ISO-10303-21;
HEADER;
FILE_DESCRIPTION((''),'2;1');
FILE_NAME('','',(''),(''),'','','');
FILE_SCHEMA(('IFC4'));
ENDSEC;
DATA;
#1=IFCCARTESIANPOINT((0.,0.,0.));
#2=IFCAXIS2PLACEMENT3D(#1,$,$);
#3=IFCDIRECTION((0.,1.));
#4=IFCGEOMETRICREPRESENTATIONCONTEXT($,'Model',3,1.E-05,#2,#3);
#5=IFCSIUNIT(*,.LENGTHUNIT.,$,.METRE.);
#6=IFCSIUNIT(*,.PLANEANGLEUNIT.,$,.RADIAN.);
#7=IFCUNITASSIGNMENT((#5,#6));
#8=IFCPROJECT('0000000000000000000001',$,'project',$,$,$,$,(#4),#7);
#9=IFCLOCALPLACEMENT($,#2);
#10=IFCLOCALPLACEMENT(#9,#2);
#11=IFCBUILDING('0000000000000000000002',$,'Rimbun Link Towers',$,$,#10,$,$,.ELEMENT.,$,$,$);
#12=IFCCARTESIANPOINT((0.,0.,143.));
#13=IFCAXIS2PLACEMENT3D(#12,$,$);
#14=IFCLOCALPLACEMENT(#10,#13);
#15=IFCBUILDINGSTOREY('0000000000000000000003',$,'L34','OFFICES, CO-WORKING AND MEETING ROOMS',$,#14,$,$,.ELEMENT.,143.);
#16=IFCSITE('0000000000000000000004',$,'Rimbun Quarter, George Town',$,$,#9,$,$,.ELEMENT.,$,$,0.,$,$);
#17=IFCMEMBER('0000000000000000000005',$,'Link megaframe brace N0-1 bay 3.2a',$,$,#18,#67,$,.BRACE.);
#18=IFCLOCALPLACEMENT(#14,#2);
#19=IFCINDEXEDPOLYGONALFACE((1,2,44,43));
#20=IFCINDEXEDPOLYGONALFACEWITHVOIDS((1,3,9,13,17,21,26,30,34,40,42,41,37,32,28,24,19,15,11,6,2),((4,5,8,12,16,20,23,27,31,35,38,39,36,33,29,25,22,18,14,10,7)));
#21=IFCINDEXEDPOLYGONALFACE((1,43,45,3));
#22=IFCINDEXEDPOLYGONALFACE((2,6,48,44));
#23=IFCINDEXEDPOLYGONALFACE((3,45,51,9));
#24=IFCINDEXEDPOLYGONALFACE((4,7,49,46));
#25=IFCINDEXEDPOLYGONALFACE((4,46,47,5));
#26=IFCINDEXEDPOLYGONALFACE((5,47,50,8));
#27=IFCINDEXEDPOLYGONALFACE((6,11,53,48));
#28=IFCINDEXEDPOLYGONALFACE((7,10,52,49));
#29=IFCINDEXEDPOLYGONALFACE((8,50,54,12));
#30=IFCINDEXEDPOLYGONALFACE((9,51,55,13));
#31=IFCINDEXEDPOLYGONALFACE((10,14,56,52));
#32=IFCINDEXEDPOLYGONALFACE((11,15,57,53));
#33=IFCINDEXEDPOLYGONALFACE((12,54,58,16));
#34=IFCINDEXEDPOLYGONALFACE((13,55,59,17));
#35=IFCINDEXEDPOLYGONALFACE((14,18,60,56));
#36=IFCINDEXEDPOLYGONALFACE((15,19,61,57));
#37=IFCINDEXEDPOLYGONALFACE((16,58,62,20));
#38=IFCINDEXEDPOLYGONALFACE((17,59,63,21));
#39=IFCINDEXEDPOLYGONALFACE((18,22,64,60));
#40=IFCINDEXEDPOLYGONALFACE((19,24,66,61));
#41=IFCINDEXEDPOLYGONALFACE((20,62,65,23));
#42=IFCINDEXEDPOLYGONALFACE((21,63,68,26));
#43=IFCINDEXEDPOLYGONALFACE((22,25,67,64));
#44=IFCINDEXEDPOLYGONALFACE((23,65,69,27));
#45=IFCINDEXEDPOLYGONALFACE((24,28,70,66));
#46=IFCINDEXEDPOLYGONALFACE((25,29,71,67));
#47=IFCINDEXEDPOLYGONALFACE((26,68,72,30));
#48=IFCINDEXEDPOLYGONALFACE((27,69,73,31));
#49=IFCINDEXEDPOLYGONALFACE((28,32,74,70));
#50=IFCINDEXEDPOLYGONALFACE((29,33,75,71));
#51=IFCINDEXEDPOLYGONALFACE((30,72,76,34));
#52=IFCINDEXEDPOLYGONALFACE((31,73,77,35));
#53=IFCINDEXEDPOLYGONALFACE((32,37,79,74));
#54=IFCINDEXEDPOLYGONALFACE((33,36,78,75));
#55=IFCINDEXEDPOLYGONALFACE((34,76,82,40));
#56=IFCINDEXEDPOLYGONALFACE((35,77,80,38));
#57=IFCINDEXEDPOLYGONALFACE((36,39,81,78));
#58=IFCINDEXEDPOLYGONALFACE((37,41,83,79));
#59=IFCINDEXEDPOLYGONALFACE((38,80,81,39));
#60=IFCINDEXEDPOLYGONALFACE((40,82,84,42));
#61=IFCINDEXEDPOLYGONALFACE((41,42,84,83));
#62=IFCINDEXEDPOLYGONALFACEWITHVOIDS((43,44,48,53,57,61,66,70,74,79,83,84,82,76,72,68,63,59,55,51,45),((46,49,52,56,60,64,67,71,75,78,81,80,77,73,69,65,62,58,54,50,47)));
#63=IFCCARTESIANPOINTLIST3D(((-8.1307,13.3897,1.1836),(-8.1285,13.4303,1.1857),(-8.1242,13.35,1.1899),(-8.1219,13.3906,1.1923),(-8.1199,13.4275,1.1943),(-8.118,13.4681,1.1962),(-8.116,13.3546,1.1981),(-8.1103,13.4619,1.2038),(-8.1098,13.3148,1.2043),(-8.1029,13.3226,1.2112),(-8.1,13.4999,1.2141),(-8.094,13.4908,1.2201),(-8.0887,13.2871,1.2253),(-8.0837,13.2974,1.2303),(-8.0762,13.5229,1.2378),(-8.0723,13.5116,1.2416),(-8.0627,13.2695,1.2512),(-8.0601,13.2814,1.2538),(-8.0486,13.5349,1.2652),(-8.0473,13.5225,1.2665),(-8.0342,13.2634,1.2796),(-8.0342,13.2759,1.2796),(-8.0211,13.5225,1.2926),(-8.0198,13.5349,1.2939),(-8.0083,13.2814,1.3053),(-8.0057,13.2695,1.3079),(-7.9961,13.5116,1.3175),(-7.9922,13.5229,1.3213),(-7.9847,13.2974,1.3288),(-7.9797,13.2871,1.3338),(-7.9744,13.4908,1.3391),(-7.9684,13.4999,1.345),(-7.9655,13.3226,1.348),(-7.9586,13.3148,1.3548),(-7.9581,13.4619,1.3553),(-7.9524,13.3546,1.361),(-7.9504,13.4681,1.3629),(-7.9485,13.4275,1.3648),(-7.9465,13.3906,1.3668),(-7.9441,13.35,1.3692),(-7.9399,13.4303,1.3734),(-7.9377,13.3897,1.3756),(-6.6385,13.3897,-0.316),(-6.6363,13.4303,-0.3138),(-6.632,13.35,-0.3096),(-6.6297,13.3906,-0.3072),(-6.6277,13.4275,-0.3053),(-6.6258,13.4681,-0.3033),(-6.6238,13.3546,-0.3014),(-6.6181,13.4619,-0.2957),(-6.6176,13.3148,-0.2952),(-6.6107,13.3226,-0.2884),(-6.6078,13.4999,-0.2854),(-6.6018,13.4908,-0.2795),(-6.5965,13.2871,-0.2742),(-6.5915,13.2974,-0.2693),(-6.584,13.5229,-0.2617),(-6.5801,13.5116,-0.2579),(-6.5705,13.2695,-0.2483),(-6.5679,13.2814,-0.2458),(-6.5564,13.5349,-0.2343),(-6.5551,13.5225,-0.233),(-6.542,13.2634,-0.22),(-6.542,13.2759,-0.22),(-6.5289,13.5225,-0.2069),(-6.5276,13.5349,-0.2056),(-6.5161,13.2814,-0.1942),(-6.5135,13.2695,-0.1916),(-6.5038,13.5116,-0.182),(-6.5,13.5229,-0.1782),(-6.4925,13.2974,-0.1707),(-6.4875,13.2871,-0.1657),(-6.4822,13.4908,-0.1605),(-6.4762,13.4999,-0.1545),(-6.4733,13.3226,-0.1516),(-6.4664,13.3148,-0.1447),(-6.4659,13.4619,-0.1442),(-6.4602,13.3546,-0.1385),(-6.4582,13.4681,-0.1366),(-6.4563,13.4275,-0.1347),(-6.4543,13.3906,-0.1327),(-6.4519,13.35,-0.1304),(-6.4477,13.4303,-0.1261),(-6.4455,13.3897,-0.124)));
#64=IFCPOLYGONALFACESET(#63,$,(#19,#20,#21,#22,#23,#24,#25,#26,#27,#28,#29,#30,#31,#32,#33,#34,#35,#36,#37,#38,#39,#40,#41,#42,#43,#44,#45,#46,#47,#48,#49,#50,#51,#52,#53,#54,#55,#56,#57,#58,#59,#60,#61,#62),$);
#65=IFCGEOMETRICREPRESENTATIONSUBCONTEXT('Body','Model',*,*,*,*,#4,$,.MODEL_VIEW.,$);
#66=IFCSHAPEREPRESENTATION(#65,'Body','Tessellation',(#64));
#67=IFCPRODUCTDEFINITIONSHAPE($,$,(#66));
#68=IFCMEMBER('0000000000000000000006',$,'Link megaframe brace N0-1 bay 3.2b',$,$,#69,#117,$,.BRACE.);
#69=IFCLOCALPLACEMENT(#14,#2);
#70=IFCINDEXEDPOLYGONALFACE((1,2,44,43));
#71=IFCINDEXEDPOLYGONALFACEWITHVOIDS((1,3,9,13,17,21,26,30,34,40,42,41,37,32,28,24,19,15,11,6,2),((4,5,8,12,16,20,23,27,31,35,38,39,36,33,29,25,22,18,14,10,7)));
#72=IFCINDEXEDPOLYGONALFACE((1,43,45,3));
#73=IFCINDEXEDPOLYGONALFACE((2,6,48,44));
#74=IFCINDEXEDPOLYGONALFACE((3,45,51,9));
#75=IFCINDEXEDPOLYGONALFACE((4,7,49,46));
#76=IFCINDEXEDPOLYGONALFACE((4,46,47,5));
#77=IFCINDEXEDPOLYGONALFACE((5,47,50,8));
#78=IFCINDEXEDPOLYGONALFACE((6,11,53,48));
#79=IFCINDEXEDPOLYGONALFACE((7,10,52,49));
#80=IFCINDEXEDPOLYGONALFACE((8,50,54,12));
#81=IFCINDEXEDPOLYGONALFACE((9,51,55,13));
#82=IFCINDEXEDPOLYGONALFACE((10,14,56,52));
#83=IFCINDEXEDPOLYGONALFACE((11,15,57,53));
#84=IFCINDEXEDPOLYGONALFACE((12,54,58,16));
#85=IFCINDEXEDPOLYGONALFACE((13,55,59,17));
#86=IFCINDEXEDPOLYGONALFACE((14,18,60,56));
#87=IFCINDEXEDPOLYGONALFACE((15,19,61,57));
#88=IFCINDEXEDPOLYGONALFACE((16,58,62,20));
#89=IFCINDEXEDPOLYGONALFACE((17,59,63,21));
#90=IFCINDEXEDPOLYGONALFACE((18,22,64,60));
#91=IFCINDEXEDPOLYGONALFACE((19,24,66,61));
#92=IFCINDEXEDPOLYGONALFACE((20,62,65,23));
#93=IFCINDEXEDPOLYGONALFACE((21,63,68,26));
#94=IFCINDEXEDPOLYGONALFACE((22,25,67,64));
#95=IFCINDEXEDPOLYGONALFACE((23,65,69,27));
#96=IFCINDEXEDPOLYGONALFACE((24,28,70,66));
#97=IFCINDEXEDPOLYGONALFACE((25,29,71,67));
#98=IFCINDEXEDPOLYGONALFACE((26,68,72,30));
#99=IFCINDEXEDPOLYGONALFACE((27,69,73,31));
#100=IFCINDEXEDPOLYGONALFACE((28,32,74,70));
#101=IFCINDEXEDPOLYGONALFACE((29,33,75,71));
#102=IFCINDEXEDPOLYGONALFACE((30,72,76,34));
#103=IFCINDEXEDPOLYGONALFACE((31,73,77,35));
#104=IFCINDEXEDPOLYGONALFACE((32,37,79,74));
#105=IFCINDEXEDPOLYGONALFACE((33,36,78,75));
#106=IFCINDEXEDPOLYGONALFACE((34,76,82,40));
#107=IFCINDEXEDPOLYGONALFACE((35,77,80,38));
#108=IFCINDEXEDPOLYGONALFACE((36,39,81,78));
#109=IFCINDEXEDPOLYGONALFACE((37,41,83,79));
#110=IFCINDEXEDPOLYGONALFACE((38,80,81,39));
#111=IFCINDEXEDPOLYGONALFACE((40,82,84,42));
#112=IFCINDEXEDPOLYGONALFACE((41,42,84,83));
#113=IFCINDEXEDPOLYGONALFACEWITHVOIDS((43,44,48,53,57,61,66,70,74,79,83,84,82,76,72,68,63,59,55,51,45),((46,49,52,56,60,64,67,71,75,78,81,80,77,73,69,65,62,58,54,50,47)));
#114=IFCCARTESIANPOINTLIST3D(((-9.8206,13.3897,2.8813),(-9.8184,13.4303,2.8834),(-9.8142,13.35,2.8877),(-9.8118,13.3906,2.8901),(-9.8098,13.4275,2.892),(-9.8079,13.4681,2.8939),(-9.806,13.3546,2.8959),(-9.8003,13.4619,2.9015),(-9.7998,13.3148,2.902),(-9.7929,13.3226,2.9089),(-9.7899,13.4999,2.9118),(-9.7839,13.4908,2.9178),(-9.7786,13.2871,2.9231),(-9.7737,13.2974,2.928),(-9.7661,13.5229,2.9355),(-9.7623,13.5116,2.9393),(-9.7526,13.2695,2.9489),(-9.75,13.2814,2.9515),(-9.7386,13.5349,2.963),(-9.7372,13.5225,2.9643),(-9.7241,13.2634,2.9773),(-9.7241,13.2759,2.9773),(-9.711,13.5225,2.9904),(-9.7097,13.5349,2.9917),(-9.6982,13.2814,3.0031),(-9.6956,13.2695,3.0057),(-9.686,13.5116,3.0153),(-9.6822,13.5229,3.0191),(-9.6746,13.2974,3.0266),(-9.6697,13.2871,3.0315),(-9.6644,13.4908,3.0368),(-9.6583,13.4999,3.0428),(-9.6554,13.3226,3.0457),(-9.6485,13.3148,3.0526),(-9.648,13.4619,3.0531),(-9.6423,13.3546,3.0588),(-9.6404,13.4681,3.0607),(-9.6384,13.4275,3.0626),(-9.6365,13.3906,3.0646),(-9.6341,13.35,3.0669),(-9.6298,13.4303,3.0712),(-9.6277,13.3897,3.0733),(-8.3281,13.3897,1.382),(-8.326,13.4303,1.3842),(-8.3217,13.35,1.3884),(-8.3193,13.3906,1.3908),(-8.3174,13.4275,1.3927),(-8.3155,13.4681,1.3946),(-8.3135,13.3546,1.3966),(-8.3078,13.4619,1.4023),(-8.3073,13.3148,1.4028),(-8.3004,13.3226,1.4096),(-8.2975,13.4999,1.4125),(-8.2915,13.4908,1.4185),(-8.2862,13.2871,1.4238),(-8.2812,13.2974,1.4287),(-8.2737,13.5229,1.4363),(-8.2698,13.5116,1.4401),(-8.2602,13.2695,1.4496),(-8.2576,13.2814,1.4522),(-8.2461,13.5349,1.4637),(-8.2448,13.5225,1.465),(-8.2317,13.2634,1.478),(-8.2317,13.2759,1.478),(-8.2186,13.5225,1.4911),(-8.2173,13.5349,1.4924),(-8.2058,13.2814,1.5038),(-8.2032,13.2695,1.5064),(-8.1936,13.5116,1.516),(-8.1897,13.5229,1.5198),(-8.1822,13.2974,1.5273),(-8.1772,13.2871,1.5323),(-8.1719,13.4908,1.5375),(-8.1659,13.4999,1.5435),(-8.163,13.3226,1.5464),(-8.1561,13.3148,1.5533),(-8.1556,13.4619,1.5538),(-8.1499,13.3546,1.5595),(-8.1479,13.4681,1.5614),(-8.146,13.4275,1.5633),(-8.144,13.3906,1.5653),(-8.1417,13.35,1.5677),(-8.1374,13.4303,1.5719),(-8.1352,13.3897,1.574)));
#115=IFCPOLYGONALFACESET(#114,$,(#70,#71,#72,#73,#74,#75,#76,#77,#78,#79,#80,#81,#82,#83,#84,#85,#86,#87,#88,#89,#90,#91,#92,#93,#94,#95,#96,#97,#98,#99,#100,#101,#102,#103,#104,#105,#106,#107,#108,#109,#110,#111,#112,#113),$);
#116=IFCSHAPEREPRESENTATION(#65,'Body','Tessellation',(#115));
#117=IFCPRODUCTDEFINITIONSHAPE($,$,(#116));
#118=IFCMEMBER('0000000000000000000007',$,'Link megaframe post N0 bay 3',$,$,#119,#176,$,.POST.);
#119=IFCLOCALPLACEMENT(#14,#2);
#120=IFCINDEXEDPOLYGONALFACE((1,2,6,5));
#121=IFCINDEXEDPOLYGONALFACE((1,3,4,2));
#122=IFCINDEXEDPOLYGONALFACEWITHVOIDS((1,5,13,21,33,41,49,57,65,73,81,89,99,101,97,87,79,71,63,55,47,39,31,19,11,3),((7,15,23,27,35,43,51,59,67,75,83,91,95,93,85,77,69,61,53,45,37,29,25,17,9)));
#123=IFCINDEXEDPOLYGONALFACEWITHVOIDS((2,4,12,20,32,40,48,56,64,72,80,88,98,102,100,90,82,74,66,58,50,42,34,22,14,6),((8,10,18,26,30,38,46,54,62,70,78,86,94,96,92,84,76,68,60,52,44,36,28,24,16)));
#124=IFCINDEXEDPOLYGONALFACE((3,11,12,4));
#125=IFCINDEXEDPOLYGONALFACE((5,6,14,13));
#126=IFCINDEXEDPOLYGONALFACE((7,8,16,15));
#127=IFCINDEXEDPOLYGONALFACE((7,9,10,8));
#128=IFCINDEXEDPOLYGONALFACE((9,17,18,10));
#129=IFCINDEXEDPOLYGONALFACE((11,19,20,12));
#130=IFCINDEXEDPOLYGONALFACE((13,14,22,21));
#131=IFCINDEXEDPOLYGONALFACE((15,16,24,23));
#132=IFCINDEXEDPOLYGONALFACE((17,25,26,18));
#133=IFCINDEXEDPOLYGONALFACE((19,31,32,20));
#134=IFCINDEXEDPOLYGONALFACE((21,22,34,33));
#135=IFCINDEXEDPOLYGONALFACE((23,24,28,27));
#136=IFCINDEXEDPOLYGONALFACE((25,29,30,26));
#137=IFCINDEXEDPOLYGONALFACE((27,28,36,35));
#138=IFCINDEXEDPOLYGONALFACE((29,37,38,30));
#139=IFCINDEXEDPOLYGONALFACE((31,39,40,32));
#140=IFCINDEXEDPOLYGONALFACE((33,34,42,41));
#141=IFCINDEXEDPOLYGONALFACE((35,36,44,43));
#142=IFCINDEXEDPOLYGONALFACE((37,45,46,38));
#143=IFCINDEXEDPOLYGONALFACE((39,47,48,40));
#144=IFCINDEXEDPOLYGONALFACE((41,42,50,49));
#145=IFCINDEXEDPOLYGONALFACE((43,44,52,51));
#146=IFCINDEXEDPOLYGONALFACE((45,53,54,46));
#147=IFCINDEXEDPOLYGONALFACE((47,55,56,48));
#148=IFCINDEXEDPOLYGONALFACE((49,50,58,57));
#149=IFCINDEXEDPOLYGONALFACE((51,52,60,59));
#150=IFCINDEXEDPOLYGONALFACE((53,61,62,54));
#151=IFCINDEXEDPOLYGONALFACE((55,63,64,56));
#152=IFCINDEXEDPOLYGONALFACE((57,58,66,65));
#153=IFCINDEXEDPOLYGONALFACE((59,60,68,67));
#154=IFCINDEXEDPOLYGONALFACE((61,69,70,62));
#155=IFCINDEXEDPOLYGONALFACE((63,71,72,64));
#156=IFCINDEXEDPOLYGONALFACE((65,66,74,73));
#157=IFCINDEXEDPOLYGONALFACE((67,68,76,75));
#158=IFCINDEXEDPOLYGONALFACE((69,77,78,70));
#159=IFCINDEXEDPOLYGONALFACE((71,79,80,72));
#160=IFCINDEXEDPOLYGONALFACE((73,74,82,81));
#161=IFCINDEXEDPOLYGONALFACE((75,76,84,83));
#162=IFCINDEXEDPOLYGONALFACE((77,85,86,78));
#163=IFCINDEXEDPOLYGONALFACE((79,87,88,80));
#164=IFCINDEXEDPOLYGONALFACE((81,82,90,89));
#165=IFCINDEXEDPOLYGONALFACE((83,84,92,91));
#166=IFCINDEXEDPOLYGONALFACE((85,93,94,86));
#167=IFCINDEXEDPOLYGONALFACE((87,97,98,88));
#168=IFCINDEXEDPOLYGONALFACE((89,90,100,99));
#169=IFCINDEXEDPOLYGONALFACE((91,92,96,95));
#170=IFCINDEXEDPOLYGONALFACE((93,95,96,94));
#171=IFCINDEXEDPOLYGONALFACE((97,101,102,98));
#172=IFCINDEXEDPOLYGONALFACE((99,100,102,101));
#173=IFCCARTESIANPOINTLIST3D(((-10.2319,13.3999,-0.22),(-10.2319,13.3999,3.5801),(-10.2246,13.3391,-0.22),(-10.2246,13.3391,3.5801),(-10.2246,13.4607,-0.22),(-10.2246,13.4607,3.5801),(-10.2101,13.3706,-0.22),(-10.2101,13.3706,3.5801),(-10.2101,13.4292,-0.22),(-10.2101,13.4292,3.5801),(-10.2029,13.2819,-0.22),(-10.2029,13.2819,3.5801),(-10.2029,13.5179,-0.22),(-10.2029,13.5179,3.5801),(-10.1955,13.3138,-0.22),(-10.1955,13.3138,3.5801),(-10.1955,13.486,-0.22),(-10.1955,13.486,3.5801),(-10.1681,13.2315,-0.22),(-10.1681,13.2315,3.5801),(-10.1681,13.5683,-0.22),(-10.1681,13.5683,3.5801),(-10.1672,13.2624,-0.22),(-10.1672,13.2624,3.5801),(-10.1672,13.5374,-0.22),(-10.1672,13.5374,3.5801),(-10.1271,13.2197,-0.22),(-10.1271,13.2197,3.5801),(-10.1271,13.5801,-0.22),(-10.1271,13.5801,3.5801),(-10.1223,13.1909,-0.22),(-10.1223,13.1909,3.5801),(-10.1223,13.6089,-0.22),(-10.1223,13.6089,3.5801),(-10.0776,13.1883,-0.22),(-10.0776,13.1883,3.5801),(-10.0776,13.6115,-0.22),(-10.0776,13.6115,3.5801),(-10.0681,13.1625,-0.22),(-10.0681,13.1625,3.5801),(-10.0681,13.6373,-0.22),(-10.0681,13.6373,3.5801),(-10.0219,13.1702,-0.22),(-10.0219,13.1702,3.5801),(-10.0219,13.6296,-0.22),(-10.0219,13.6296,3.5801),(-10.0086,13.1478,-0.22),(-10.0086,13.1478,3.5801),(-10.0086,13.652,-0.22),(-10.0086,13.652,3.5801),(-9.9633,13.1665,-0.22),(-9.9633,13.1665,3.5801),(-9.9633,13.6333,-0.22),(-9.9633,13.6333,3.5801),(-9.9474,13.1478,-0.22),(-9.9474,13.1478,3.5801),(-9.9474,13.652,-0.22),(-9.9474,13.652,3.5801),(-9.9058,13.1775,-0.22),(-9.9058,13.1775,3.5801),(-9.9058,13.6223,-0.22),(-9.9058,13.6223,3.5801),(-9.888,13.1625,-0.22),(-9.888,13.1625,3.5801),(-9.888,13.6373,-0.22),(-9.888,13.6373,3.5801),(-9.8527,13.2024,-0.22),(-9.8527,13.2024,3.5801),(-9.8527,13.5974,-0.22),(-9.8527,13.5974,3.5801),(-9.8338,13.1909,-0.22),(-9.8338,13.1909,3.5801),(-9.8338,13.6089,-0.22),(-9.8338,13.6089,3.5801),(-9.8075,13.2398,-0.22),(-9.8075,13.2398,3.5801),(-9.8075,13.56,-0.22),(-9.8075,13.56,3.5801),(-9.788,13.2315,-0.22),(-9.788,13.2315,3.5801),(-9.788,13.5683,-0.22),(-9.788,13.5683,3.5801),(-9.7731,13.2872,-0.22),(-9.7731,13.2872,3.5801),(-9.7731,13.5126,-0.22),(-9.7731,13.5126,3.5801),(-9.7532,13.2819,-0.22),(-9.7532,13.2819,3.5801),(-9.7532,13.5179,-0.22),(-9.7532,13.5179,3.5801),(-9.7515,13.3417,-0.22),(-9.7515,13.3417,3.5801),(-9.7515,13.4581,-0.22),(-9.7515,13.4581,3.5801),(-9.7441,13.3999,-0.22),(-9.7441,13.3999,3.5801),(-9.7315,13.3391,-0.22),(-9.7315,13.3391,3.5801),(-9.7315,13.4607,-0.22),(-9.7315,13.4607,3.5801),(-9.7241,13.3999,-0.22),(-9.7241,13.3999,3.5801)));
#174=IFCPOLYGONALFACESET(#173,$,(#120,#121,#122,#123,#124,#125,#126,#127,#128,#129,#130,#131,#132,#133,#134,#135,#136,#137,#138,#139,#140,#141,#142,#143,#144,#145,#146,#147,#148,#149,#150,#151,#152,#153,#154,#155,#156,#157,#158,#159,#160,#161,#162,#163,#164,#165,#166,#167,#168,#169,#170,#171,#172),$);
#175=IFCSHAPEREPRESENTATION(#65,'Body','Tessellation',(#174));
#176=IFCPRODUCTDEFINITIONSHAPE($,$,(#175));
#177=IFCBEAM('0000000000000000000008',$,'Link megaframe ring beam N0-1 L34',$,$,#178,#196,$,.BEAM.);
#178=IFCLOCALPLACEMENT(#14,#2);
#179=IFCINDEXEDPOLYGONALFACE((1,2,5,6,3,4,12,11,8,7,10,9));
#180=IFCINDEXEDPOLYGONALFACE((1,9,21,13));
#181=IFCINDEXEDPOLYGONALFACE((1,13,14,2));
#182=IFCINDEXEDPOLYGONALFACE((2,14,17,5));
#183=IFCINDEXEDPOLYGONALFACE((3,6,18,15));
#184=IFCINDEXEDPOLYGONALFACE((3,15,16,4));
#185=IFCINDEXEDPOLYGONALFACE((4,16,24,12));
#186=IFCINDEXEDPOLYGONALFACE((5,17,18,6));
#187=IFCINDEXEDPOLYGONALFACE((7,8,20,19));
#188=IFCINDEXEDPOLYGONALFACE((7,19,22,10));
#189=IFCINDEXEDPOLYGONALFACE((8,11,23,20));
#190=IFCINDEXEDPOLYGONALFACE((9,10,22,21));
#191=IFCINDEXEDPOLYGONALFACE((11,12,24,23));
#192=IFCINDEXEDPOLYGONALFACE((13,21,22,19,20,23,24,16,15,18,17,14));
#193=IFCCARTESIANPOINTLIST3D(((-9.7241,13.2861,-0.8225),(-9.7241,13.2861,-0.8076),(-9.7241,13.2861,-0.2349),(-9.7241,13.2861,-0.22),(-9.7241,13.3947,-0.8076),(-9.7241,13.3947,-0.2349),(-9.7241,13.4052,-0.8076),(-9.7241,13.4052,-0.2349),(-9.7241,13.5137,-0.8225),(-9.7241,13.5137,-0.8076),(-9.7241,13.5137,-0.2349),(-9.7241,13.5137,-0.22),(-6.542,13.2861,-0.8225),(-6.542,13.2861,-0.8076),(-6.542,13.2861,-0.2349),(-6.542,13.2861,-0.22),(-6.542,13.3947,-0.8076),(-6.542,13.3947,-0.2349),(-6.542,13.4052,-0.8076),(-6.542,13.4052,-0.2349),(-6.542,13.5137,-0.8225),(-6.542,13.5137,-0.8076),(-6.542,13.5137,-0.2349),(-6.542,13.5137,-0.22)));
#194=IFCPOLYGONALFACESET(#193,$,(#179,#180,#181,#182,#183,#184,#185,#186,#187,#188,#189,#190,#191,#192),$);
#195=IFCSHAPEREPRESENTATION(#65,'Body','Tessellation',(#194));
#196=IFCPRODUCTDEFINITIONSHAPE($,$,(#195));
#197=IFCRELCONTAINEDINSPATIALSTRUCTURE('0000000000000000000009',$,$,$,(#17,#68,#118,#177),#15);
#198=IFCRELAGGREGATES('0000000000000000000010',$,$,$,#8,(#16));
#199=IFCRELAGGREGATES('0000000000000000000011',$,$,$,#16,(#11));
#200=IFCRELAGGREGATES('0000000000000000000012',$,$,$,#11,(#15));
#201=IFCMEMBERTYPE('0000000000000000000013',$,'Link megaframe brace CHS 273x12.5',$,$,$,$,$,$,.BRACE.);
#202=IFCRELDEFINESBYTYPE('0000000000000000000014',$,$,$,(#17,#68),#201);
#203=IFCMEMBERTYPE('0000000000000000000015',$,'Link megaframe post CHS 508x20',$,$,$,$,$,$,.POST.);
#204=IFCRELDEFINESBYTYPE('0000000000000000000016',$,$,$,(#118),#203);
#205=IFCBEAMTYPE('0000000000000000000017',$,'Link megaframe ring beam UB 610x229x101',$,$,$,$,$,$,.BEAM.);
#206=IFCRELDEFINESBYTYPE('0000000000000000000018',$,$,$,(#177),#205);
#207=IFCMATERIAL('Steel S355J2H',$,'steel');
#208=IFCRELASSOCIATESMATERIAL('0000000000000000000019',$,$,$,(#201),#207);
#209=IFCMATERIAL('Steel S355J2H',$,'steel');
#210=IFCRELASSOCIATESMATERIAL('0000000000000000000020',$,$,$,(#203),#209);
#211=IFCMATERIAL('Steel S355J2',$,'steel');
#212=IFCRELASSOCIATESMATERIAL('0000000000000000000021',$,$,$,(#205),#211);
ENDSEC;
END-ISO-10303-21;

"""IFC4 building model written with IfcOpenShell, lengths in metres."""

from ifc_helpers import new_model, si_unit, direction, frame, origin, origin_2d, place, context, subcontext, project, spatial, hollow_circle, i_section, extrude, material, material_profile, profile_set, type_object, element, save


model = new_model("IFC4")

# Units and contexts
model_context = context("Model", 3, precision=1e-05, world=origin(), true_north=direction((0.0, 1.0)))
body_context = subcontext(model_context, "Body", "Model", "MODEL_VIEW")
ifc_project = project(units=[si_unit("LENGTHUNIT", "METRE"), si_unit("PLANEANGLEUNIT", "RADIAN")], contexts=[model_context])

# Site, building, storey
site_placement = place(None, origin())
site = spatial("IfcSite", under=ifc_project, at=site_placement, Name="Rimbun Quarter, George Town", CompositionType="ELEMENT", RefElevation=0.0)
building_placement = place(site_placement, origin())
building = spatial("IfcBuilding", under=site, at=building_placement, Name="Rimbun Link Towers", CompositionType="ELEMENT")
storey_placement = place(building_placement, frame((0.0, 0.0, 143.0)))
storey = spatial("IfcBuildingStorey", under=building, at=storey_placement, Name="L34", Description="OFFICES, CO-WORKING AND MEETING ROOMS", CompositionType="ELEMENT", Elevation=143.0)

# Members
ifc_material_1 = material(Name="Steel S355J2H", Category="steel")
ifc_material_profile_1 = material_profile(ifc_material_1, hollow_circle(Radius=0.1365, WallThickness=0.0125, at=origin_2d()), Name="CHS 273x12.5")
ifc_profile_set_1 = profile_set([ifc_material_profile_1], Name="Steel S355J2H")
member_type_1 = type_object("IfcMemberType", Name="Link megaframe brace CHS 273x12.5", PredefinedType="BRACE", material=ifc_profile_set_1)
for number, where, z_axis, x_axis, name in (
    (1, (-6.542, 13.3999, -0.22), (-0.705374, 0.0, 0.708836), (0.0, -1.0, 0.0), "Link megaframe brace N0-1 bay 3.2a"),
    (2, (-8.2317, 13.3999, 1.478), (-0.705489, 0.0, 0.708721), (0.0, -1.0, 0.0), "Link megaframe brace N0-1 bay 3.2b"),
):
    element("IfcMember", number, at=place(storey_placement, frame(where, z_axis=z_axis, x_axis=x_axis)), inside=storey, type_object=member_type_1, Name=name, PredefinedType="BRACE", context=body_context, shape_type="SweptSolid", body=[
        extrude(hollow_circle(Radius=0.1365, WallThickness=0.0125, at=origin_2d()), origin(), (0.0, 0.0, 1.0), 2.1155),
    ])
ifc_material_2 = material(Name="Steel S355J2H", Category="steel")
ifc_material_profile_2 = material_profile(ifc_material_2, hollow_circle(Radius=0.2539, WallThickness=0.02, at=origin_2d()), Name="CHS 508x20")
ifc_profile_set_2 = profile_set([ifc_material_profile_2], Name="Steel S355J2H")
member_type_2 = type_object("IfcMemberType", Name="Link megaframe post CHS 508x20", PredefinedType="POST", material=ifc_profile_set_2)
member_1_placement = place(storey_placement, frame((-9.978, 13.3999, -0.22), z_axis=(0.0, 0.0, 1.0), x_axis=(1.0, 0.0, 0.0)))
element("IfcMember", 3, at=member_1_placement, inside=storey, type_object=member_type_2, Name="Link megaframe post N0 bay 3", PredefinedType="POST", context=body_context, shape_type="SweptSolid", body=[
    extrude(hollow_circle(Radius=0.2539, WallThickness=0.02, at=origin_2d()), origin(), (0.0, 0.0, 1.0), 3.8),
])

# Beam
ifc_material_3 = material(Name="Steel S355J2", Category="steel")
ifc_material_profile_3 = material_profile(ifc_material_3, i_section(OverallWidth=0.2275, OverallDepth=0.6025, WebThickness=0.0105, FlangeThickness=0.0149, at=origin_2d()), Name="UB 610x229x101")
ifc_profile_set_3 = profile_set([ifc_material_profile_3], Name="Steel S355J2")
beam_type_1 = type_object("IfcBeamType", Name="Link megaframe ring beam UB 610x229x101", PredefinedType="BEAM", material=ifc_profile_set_3)
beam_1_placement = place(storey_placement, frame((-9.7241, 13.3999, -0.5212), z_axis=(1.0, 0.0, 0.0), x_axis=(0.0, 1.0, 0.0)))
element("IfcBeam", 4, at=beam_1_placement, inside=storey, type_object=beam_type_1, Name="Link megaframe ring beam N0-1 L34", PredefinedType="BEAM", context=body_context, shape_type="SweptSolid", body=[
    extrude(i_section(OverallWidth=0.2275, OverallDepth=0.6025, WebThickness=0.0105, FlangeThickness=0.0149, at=origin_2d()), origin(), (0.0, 0.0, 1.0), 3.1821),
])

save(model, "model.ifc")
